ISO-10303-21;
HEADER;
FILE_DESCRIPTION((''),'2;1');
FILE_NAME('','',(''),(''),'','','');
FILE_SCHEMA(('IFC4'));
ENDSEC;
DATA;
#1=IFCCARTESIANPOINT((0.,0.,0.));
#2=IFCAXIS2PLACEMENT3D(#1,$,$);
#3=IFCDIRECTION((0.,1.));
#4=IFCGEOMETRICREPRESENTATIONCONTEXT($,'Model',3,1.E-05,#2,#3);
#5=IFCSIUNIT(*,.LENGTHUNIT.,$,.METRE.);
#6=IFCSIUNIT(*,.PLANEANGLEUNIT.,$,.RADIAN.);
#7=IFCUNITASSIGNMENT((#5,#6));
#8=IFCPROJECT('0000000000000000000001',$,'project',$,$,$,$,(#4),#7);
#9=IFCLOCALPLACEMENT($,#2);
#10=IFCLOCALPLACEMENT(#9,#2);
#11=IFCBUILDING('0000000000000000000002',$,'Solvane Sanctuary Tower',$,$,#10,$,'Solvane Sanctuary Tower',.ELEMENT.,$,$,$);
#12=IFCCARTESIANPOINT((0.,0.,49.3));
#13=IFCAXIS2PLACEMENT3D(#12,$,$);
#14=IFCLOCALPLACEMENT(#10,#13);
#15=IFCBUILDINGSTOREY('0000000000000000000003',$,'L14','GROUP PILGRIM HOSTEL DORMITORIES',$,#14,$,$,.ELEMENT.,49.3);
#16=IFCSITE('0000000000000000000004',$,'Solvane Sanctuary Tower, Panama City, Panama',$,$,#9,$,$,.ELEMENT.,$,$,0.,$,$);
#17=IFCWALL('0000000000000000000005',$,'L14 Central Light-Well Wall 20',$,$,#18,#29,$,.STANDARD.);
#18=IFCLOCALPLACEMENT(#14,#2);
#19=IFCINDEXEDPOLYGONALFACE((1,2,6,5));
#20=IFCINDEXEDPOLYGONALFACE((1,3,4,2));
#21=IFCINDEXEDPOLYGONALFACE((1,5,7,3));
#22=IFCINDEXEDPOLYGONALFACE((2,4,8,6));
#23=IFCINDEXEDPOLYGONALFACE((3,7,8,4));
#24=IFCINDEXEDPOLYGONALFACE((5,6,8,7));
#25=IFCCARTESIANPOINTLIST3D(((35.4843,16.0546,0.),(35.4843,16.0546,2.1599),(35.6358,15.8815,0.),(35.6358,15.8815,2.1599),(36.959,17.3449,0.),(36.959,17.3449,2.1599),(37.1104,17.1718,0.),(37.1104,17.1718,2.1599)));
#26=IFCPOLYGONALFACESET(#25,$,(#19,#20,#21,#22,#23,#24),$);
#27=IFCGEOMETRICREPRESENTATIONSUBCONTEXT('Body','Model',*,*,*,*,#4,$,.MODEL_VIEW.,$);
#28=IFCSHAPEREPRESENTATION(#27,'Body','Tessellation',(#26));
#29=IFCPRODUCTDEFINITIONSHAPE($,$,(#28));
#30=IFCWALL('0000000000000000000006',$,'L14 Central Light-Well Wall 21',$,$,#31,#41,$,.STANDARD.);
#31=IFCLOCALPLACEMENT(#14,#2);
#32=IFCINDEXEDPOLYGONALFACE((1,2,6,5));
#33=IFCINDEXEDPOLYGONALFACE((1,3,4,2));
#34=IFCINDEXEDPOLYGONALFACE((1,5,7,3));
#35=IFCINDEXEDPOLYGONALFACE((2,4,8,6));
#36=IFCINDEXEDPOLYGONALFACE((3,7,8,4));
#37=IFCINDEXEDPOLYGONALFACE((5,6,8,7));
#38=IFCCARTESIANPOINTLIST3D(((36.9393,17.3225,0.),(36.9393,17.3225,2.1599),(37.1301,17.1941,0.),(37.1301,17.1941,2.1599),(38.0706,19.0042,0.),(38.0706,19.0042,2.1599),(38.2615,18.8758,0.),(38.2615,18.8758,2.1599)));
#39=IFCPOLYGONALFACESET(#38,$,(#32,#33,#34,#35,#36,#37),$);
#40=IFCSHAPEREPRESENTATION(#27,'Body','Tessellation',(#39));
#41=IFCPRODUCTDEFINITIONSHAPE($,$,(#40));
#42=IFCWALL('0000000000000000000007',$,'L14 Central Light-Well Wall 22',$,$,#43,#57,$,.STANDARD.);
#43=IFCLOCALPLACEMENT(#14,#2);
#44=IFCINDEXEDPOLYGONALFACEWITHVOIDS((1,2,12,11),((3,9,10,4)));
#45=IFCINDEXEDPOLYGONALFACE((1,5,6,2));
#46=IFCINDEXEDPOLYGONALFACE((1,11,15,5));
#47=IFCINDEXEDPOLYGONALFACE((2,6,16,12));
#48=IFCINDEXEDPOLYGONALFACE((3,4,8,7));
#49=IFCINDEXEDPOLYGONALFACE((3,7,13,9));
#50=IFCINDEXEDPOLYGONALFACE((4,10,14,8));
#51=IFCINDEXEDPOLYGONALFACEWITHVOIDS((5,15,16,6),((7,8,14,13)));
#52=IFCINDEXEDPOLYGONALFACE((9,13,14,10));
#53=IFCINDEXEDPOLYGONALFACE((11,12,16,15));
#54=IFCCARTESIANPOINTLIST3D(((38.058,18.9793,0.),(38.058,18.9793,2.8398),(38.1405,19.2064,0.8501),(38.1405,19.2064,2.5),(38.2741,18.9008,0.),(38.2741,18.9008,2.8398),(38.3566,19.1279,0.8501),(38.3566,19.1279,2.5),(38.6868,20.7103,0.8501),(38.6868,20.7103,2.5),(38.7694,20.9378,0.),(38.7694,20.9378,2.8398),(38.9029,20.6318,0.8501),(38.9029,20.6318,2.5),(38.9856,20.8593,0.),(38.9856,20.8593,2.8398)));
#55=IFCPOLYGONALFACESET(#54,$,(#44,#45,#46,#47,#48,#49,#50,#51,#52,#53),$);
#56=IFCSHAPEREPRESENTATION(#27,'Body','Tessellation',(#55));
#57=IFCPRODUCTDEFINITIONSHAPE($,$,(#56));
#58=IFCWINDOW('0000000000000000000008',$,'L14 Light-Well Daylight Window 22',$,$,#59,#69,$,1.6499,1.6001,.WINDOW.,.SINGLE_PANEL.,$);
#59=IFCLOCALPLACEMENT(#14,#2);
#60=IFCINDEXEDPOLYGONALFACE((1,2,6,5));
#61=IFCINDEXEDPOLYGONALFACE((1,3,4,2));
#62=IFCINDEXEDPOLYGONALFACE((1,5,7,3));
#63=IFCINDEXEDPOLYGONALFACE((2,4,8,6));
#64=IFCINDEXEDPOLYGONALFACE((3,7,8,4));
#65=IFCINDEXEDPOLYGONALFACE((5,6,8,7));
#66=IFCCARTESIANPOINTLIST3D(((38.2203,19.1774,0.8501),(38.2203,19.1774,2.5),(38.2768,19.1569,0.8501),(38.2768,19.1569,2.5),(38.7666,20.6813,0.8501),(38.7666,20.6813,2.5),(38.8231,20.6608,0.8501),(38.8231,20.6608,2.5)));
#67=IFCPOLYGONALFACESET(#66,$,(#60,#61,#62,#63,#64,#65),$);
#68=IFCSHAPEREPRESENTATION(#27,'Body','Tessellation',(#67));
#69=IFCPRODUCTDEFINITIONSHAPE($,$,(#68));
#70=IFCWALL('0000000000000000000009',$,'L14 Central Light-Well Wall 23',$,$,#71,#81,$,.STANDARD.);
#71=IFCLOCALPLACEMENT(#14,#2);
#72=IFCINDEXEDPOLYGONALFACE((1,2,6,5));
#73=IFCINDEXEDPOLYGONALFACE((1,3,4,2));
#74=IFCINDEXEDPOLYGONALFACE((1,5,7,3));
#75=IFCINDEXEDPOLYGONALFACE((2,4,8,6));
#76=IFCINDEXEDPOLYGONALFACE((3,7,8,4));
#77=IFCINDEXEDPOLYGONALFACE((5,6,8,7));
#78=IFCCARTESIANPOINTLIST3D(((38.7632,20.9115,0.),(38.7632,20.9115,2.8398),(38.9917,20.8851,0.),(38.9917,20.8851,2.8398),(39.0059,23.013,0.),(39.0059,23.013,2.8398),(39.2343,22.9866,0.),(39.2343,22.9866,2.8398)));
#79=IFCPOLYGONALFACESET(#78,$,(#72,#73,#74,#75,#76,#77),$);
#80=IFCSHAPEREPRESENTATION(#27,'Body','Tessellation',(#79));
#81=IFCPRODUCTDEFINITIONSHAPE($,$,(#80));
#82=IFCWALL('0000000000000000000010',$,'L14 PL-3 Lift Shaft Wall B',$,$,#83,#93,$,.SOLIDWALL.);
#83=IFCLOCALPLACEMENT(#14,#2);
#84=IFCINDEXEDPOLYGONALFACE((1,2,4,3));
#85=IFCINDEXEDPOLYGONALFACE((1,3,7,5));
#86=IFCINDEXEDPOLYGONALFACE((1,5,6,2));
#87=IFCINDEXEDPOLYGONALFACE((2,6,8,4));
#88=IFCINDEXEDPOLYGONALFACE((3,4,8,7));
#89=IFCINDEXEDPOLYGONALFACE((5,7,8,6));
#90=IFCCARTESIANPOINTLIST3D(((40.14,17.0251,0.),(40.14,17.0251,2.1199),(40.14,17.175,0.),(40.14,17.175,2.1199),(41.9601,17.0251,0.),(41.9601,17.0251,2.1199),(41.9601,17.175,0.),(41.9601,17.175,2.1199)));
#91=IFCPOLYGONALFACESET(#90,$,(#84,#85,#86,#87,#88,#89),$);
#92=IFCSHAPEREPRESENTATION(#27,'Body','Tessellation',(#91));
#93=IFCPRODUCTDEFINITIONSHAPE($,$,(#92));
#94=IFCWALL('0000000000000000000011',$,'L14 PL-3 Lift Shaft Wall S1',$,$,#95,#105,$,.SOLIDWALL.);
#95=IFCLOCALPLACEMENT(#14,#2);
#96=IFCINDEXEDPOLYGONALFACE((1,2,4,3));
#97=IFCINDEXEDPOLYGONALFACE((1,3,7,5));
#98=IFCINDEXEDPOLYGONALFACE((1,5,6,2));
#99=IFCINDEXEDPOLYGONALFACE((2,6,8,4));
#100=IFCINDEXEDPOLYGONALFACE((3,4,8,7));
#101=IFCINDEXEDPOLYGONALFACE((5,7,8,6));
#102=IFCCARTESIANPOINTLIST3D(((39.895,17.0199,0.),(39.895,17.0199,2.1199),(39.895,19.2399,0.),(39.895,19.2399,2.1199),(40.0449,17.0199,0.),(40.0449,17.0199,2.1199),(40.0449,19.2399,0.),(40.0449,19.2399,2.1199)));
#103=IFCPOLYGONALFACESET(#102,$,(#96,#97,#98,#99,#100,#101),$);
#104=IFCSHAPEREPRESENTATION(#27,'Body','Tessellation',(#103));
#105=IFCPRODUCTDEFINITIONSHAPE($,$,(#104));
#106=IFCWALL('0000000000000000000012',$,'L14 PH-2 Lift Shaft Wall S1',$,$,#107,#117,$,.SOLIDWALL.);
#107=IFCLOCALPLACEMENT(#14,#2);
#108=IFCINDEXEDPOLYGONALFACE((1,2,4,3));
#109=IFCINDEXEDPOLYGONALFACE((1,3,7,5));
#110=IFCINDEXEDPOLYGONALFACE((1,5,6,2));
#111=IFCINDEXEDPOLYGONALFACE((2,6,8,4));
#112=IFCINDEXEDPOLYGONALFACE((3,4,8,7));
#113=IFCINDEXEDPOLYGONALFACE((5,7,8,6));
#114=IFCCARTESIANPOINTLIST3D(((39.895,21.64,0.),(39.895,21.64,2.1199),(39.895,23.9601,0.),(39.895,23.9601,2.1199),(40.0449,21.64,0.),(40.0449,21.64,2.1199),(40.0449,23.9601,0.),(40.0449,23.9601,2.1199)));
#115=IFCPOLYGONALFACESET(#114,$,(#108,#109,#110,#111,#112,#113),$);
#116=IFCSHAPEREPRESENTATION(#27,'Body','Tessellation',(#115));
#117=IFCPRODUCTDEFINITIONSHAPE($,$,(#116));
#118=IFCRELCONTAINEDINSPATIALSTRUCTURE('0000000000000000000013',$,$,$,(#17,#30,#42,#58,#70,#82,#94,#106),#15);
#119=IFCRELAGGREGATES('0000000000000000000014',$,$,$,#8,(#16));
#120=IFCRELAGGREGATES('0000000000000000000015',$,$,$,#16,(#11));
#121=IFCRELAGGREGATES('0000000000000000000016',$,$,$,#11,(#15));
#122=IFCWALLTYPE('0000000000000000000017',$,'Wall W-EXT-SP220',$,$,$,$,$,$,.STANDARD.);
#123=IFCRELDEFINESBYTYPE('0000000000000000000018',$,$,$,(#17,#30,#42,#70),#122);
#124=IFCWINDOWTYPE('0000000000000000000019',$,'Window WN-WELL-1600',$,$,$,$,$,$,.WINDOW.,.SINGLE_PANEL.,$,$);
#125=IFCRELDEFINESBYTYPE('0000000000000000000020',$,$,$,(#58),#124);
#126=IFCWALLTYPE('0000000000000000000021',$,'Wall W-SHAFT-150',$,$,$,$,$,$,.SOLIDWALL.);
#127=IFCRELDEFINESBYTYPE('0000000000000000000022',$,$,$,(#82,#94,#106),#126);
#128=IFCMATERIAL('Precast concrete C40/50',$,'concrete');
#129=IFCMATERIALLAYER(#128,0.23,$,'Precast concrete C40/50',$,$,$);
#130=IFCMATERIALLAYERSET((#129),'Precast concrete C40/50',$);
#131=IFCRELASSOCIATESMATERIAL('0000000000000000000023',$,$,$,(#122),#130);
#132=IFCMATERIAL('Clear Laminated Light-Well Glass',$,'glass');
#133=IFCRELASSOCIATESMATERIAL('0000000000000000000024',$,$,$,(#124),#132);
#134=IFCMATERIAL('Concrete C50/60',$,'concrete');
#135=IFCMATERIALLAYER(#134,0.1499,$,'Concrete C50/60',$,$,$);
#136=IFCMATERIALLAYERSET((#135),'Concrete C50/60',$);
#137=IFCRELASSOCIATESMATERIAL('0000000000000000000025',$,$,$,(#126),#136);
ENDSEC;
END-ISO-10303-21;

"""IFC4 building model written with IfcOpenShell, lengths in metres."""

from ifc_helpers import new_model, si_unit, direction, frame, frame_2d, origin, place, context, subcontext, project, spatial, rectangle, extrude, material, layer, layer_set, type_object, element, fill, save


model = new_model("IFC4")

# Units and contexts
model_context = context("Model", 3, precision=1e-05, world=origin(), true_north=direction((0.0, 1.0)))
body_context = subcontext(model_context, "Body", "Model", "MODEL_VIEW")
ifc_project = project(units=[si_unit("LENGTHUNIT", "METRE"), si_unit("PLANEANGLEUNIT", "RADIAN")], contexts=[model_context])

# Site, building, storey
site_placement = place(None, origin())
site = spatial("IfcSite", under=ifc_project, at=site_placement, Name="Solvane Sanctuary Tower, Panama City, Panama", CompositionType="ELEMENT", RefElevation=0.0)
building_placement = place(site_placement, origin())
building = spatial("IfcBuilding", under=site, at=building_placement, Name="Solvane Sanctuary Tower", LongName="Solvane Sanctuary Tower", CompositionType="ELEMENT")
storey_placement = place(building_placement, frame((0.0, 0.0, 49.3)))
storey = spatial("IfcBuildingStorey", under=building, at=storey_placement, Name="L14", Description="GROUP PILGRIM HOSTEL DORMITORIES", CompositionType="ELEMENT", Elevation=49.3)

# Walls
ifc_material_1 = material(Name="Precast concrete C40/50", Category="concrete")
ifc_layer_1 = layer(ifc_material_1, 0.23, Name="Precast concrete C40/50")
ifc_layer_set_1 = layer_set([ifc_layer_1], Name="Precast concrete C40/50")
wall_type_1 = type_object("IfcWallType", Name="Wall W-EXT-SP220", PredefinedType="STANDARD", material=ifc_layer_set_1)
wall_1_placement = place(storey_placement, frame((35.5601, 15.968, 0.0), z_axis=(0.0, 0.0, 1.0), x_axis=(0.752577, 0.658505, 0.0)))
element("IfcWall", 1, at=wall_1_placement, inside=storey, type_object=wall_type_1, Name="L14 Central Light-Well Wall 20", PredefinedType="STANDARD", context=body_context, shape_type="SweptSolid", body=[
    extrude(rectangle(XDim=1.9595, YDim=0.23, at=frame_2d((0.9797, 0.0))), origin(), (0.0, 0.0, 1.0), 2.1599),
])
wall_2_placement = place(storey_placement, frame((37.0347, 17.2583, 0.0), z_axis=(0.0, 0.0, 1.0), x_axis=(0.558198, 0.829708, 0.0)))
element("IfcWall", 2, at=wall_2_placement, inside=storey, type_object=wall_type_1, Name="L14 Central Light-Well Wall 21", PredefinedType="STANDARD", context=body_context, shape_type="SweptSolid", body=[
    extrude(rectangle(XDim=2.0269, YDim=0.23, at=frame_2d((1.0134, 0.0))), origin(), (0.0, 0.0, 1.0), 2.1599),
])

# Wall, opening, window
wall_3_placement = place(storey_placement, frame((38.166, 18.9399, 0.0), z_axis=(0.0, 0.0, 1.0), x_axis=(0.341423, 0.93991, 0.0)))
wall_3 = element("IfcWall", 3, at=wall_3_placement, inside=storey, type_object=wall_type_1, Name="L14 Central Light-Well Wall 22", PredefinedType="STANDARD", context=body_context, shape_type="SweptSolid", body=[
    extrude(rectangle(XDim=2.0837, YDim=0.23, at=frame_2d((1.042, 0.0))), origin(), (0.0, 0.0, 1.0), 2.8398),
])
opening_placement = place(wall_3_placement, frame((0.2417, 0.0, 0.8501)))
opening = element("IfcOpeningElement", 4, at=opening_placement, cuts=wall_3, PredefinedType="OPENING", context=body_context, shape_type="SweptSolid", body=[
    extrude(rectangle(XDim=1.6001, YDim=1.6499, at=frame_2d((0.8, 0.825))), frame((0.0, 0.125, 0.0), z_axis=(0.0, -1.0, 0.0), x_axis=(1.0, 0.0, 0.0)), (0.0, 0.0, 1.0), 0.25),
])
ifc_material_2 = material(Name="Clear Laminated Light-Well Glass", Category="glass")
window_type = type_object("IfcWindowType", Name="Window WN-WELL-1600", PartitioningType="SINGLE_PANEL", PredefinedType="WINDOW", material=ifc_material_2)
window_placement = place(opening_placement, origin())
window = element("IfcWindow", 5, at=window_placement, inside=storey, type_object=window_type, Name="L14 Light-Well Daylight Window 22", OverallHeight=1.6499, OverallWidth=1.6001, PartitioningType="SINGLE_PANEL", PredefinedType="WINDOW", context=body_context, shape_type="SweptSolid", body=[
    extrude(rectangle(XDim=1.6001, YDim=1.6499, at=frame_2d((0.8, 0.825))), frame((0.0, 0.03, 0.0), z_axis=(0.0, -1.0, 0.0), x_axis=(1.0, 0.0, 0.0)), (0.0, 0.0, 1.0), 0.0601),
])
fill(opening, window)

# Walls
wall_4_placement = place(storey_placement, frame((38.8774, 20.8984, 0.0), z_axis=(0.0, 0.0, 1.0), x_axis=(0.114712, 0.993399, 0.0)))
element("IfcWall", 6, at=wall_4_placement, inside=storey, type_object=wall_type_1, Name="L14 Central Light-Well Wall 23", PredefinedType="STANDARD", context=body_context, shape_type="SweptSolid", body=[
    extrude(rectangle(XDim=2.1155, YDim=0.23, at=frame_2d((1.0576, 0.0))), origin(), (0.0, 0.0, 1.0), 2.8398),
])
ifc_material_3 = material(Name="Concrete C50/60", Category="concrete")
ifc_layer_2 = layer(ifc_material_3, 0.1499, Name="Concrete C50/60")
ifc_layer_set_2 = layer_set([ifc_layer_2], Name="Concrete C50/60")
wall_type_2 = type_object("IfcWallType", Name="Wall W-SHAFT-150", PredefinedType="SOLIDWALL", material=ifc_layer_set_2)
wall_5_placement = place(storey_placement, frame((40.1399, 17.1001, 0.0), z_axis=(0.0, 0.0, 1.0), x_axis=(1.0, 0.0, 0.0)))
element("IfcWall", 7, at=wall_5_placement, inside=storey, type_object=wall_type_2, Name="L14 PL-3 Lift Shaft Wall B", PredefinedType="SOLIDWALL", context=body_context, shape_type="SweptSolid", body=[
    extrude(rectangle(XDim=1.8201, YDim=0.1499, at=frame_2d((0.9102, 0.0))), origin(), (0.0, 0.0, 1.0), 2.1199),
])
wall_6_placement = place(storey_placement, frame((39.97, 17.02, 0.0), z_axis=(0.0, 0.0, 1.0), x_axis=(0.0, 1.0, 0.0)))
element("IfcWall", 8, at=wall_6_placement, inside=storey, type_object=wall_type_2, Name="L14 PL-3 Lift Shaft Wall S1", PredefinedType="SOLIDWALL", context=body_context, shape_type="SweptSolid", body=[
    extrude(rectangle(XDim=2.22, YDim=0.1499, at=frame_2d((1.1099, 0.0))), origin(), (0.0, 0.0, 1.0), 2.1199),
])
wall_7_placement = place(storey_placement, frame((39.97, 21.6399, 0.0), z_axis=(0.0, 0.0, 1.0), x_axis=(0.0, 1.0, 0.0)))
element("IfcWall", 9, at=wall_7_placement, inside=storey, type_object=wall_type_2, Name="L14 PH-2 Lift Shaft Wall S1", PredefinedType="SOLIDWALL", context=body_context, shape_type="SweptSolid", body=[
    extrude(rectangle(XDim=2.3201, YDim=0.1499, at=frame_2d((1.1602, 0.0))), origin(), (0.0, 0.0, 1.0), 2.1199),
])

save(model, "model.ifc")
